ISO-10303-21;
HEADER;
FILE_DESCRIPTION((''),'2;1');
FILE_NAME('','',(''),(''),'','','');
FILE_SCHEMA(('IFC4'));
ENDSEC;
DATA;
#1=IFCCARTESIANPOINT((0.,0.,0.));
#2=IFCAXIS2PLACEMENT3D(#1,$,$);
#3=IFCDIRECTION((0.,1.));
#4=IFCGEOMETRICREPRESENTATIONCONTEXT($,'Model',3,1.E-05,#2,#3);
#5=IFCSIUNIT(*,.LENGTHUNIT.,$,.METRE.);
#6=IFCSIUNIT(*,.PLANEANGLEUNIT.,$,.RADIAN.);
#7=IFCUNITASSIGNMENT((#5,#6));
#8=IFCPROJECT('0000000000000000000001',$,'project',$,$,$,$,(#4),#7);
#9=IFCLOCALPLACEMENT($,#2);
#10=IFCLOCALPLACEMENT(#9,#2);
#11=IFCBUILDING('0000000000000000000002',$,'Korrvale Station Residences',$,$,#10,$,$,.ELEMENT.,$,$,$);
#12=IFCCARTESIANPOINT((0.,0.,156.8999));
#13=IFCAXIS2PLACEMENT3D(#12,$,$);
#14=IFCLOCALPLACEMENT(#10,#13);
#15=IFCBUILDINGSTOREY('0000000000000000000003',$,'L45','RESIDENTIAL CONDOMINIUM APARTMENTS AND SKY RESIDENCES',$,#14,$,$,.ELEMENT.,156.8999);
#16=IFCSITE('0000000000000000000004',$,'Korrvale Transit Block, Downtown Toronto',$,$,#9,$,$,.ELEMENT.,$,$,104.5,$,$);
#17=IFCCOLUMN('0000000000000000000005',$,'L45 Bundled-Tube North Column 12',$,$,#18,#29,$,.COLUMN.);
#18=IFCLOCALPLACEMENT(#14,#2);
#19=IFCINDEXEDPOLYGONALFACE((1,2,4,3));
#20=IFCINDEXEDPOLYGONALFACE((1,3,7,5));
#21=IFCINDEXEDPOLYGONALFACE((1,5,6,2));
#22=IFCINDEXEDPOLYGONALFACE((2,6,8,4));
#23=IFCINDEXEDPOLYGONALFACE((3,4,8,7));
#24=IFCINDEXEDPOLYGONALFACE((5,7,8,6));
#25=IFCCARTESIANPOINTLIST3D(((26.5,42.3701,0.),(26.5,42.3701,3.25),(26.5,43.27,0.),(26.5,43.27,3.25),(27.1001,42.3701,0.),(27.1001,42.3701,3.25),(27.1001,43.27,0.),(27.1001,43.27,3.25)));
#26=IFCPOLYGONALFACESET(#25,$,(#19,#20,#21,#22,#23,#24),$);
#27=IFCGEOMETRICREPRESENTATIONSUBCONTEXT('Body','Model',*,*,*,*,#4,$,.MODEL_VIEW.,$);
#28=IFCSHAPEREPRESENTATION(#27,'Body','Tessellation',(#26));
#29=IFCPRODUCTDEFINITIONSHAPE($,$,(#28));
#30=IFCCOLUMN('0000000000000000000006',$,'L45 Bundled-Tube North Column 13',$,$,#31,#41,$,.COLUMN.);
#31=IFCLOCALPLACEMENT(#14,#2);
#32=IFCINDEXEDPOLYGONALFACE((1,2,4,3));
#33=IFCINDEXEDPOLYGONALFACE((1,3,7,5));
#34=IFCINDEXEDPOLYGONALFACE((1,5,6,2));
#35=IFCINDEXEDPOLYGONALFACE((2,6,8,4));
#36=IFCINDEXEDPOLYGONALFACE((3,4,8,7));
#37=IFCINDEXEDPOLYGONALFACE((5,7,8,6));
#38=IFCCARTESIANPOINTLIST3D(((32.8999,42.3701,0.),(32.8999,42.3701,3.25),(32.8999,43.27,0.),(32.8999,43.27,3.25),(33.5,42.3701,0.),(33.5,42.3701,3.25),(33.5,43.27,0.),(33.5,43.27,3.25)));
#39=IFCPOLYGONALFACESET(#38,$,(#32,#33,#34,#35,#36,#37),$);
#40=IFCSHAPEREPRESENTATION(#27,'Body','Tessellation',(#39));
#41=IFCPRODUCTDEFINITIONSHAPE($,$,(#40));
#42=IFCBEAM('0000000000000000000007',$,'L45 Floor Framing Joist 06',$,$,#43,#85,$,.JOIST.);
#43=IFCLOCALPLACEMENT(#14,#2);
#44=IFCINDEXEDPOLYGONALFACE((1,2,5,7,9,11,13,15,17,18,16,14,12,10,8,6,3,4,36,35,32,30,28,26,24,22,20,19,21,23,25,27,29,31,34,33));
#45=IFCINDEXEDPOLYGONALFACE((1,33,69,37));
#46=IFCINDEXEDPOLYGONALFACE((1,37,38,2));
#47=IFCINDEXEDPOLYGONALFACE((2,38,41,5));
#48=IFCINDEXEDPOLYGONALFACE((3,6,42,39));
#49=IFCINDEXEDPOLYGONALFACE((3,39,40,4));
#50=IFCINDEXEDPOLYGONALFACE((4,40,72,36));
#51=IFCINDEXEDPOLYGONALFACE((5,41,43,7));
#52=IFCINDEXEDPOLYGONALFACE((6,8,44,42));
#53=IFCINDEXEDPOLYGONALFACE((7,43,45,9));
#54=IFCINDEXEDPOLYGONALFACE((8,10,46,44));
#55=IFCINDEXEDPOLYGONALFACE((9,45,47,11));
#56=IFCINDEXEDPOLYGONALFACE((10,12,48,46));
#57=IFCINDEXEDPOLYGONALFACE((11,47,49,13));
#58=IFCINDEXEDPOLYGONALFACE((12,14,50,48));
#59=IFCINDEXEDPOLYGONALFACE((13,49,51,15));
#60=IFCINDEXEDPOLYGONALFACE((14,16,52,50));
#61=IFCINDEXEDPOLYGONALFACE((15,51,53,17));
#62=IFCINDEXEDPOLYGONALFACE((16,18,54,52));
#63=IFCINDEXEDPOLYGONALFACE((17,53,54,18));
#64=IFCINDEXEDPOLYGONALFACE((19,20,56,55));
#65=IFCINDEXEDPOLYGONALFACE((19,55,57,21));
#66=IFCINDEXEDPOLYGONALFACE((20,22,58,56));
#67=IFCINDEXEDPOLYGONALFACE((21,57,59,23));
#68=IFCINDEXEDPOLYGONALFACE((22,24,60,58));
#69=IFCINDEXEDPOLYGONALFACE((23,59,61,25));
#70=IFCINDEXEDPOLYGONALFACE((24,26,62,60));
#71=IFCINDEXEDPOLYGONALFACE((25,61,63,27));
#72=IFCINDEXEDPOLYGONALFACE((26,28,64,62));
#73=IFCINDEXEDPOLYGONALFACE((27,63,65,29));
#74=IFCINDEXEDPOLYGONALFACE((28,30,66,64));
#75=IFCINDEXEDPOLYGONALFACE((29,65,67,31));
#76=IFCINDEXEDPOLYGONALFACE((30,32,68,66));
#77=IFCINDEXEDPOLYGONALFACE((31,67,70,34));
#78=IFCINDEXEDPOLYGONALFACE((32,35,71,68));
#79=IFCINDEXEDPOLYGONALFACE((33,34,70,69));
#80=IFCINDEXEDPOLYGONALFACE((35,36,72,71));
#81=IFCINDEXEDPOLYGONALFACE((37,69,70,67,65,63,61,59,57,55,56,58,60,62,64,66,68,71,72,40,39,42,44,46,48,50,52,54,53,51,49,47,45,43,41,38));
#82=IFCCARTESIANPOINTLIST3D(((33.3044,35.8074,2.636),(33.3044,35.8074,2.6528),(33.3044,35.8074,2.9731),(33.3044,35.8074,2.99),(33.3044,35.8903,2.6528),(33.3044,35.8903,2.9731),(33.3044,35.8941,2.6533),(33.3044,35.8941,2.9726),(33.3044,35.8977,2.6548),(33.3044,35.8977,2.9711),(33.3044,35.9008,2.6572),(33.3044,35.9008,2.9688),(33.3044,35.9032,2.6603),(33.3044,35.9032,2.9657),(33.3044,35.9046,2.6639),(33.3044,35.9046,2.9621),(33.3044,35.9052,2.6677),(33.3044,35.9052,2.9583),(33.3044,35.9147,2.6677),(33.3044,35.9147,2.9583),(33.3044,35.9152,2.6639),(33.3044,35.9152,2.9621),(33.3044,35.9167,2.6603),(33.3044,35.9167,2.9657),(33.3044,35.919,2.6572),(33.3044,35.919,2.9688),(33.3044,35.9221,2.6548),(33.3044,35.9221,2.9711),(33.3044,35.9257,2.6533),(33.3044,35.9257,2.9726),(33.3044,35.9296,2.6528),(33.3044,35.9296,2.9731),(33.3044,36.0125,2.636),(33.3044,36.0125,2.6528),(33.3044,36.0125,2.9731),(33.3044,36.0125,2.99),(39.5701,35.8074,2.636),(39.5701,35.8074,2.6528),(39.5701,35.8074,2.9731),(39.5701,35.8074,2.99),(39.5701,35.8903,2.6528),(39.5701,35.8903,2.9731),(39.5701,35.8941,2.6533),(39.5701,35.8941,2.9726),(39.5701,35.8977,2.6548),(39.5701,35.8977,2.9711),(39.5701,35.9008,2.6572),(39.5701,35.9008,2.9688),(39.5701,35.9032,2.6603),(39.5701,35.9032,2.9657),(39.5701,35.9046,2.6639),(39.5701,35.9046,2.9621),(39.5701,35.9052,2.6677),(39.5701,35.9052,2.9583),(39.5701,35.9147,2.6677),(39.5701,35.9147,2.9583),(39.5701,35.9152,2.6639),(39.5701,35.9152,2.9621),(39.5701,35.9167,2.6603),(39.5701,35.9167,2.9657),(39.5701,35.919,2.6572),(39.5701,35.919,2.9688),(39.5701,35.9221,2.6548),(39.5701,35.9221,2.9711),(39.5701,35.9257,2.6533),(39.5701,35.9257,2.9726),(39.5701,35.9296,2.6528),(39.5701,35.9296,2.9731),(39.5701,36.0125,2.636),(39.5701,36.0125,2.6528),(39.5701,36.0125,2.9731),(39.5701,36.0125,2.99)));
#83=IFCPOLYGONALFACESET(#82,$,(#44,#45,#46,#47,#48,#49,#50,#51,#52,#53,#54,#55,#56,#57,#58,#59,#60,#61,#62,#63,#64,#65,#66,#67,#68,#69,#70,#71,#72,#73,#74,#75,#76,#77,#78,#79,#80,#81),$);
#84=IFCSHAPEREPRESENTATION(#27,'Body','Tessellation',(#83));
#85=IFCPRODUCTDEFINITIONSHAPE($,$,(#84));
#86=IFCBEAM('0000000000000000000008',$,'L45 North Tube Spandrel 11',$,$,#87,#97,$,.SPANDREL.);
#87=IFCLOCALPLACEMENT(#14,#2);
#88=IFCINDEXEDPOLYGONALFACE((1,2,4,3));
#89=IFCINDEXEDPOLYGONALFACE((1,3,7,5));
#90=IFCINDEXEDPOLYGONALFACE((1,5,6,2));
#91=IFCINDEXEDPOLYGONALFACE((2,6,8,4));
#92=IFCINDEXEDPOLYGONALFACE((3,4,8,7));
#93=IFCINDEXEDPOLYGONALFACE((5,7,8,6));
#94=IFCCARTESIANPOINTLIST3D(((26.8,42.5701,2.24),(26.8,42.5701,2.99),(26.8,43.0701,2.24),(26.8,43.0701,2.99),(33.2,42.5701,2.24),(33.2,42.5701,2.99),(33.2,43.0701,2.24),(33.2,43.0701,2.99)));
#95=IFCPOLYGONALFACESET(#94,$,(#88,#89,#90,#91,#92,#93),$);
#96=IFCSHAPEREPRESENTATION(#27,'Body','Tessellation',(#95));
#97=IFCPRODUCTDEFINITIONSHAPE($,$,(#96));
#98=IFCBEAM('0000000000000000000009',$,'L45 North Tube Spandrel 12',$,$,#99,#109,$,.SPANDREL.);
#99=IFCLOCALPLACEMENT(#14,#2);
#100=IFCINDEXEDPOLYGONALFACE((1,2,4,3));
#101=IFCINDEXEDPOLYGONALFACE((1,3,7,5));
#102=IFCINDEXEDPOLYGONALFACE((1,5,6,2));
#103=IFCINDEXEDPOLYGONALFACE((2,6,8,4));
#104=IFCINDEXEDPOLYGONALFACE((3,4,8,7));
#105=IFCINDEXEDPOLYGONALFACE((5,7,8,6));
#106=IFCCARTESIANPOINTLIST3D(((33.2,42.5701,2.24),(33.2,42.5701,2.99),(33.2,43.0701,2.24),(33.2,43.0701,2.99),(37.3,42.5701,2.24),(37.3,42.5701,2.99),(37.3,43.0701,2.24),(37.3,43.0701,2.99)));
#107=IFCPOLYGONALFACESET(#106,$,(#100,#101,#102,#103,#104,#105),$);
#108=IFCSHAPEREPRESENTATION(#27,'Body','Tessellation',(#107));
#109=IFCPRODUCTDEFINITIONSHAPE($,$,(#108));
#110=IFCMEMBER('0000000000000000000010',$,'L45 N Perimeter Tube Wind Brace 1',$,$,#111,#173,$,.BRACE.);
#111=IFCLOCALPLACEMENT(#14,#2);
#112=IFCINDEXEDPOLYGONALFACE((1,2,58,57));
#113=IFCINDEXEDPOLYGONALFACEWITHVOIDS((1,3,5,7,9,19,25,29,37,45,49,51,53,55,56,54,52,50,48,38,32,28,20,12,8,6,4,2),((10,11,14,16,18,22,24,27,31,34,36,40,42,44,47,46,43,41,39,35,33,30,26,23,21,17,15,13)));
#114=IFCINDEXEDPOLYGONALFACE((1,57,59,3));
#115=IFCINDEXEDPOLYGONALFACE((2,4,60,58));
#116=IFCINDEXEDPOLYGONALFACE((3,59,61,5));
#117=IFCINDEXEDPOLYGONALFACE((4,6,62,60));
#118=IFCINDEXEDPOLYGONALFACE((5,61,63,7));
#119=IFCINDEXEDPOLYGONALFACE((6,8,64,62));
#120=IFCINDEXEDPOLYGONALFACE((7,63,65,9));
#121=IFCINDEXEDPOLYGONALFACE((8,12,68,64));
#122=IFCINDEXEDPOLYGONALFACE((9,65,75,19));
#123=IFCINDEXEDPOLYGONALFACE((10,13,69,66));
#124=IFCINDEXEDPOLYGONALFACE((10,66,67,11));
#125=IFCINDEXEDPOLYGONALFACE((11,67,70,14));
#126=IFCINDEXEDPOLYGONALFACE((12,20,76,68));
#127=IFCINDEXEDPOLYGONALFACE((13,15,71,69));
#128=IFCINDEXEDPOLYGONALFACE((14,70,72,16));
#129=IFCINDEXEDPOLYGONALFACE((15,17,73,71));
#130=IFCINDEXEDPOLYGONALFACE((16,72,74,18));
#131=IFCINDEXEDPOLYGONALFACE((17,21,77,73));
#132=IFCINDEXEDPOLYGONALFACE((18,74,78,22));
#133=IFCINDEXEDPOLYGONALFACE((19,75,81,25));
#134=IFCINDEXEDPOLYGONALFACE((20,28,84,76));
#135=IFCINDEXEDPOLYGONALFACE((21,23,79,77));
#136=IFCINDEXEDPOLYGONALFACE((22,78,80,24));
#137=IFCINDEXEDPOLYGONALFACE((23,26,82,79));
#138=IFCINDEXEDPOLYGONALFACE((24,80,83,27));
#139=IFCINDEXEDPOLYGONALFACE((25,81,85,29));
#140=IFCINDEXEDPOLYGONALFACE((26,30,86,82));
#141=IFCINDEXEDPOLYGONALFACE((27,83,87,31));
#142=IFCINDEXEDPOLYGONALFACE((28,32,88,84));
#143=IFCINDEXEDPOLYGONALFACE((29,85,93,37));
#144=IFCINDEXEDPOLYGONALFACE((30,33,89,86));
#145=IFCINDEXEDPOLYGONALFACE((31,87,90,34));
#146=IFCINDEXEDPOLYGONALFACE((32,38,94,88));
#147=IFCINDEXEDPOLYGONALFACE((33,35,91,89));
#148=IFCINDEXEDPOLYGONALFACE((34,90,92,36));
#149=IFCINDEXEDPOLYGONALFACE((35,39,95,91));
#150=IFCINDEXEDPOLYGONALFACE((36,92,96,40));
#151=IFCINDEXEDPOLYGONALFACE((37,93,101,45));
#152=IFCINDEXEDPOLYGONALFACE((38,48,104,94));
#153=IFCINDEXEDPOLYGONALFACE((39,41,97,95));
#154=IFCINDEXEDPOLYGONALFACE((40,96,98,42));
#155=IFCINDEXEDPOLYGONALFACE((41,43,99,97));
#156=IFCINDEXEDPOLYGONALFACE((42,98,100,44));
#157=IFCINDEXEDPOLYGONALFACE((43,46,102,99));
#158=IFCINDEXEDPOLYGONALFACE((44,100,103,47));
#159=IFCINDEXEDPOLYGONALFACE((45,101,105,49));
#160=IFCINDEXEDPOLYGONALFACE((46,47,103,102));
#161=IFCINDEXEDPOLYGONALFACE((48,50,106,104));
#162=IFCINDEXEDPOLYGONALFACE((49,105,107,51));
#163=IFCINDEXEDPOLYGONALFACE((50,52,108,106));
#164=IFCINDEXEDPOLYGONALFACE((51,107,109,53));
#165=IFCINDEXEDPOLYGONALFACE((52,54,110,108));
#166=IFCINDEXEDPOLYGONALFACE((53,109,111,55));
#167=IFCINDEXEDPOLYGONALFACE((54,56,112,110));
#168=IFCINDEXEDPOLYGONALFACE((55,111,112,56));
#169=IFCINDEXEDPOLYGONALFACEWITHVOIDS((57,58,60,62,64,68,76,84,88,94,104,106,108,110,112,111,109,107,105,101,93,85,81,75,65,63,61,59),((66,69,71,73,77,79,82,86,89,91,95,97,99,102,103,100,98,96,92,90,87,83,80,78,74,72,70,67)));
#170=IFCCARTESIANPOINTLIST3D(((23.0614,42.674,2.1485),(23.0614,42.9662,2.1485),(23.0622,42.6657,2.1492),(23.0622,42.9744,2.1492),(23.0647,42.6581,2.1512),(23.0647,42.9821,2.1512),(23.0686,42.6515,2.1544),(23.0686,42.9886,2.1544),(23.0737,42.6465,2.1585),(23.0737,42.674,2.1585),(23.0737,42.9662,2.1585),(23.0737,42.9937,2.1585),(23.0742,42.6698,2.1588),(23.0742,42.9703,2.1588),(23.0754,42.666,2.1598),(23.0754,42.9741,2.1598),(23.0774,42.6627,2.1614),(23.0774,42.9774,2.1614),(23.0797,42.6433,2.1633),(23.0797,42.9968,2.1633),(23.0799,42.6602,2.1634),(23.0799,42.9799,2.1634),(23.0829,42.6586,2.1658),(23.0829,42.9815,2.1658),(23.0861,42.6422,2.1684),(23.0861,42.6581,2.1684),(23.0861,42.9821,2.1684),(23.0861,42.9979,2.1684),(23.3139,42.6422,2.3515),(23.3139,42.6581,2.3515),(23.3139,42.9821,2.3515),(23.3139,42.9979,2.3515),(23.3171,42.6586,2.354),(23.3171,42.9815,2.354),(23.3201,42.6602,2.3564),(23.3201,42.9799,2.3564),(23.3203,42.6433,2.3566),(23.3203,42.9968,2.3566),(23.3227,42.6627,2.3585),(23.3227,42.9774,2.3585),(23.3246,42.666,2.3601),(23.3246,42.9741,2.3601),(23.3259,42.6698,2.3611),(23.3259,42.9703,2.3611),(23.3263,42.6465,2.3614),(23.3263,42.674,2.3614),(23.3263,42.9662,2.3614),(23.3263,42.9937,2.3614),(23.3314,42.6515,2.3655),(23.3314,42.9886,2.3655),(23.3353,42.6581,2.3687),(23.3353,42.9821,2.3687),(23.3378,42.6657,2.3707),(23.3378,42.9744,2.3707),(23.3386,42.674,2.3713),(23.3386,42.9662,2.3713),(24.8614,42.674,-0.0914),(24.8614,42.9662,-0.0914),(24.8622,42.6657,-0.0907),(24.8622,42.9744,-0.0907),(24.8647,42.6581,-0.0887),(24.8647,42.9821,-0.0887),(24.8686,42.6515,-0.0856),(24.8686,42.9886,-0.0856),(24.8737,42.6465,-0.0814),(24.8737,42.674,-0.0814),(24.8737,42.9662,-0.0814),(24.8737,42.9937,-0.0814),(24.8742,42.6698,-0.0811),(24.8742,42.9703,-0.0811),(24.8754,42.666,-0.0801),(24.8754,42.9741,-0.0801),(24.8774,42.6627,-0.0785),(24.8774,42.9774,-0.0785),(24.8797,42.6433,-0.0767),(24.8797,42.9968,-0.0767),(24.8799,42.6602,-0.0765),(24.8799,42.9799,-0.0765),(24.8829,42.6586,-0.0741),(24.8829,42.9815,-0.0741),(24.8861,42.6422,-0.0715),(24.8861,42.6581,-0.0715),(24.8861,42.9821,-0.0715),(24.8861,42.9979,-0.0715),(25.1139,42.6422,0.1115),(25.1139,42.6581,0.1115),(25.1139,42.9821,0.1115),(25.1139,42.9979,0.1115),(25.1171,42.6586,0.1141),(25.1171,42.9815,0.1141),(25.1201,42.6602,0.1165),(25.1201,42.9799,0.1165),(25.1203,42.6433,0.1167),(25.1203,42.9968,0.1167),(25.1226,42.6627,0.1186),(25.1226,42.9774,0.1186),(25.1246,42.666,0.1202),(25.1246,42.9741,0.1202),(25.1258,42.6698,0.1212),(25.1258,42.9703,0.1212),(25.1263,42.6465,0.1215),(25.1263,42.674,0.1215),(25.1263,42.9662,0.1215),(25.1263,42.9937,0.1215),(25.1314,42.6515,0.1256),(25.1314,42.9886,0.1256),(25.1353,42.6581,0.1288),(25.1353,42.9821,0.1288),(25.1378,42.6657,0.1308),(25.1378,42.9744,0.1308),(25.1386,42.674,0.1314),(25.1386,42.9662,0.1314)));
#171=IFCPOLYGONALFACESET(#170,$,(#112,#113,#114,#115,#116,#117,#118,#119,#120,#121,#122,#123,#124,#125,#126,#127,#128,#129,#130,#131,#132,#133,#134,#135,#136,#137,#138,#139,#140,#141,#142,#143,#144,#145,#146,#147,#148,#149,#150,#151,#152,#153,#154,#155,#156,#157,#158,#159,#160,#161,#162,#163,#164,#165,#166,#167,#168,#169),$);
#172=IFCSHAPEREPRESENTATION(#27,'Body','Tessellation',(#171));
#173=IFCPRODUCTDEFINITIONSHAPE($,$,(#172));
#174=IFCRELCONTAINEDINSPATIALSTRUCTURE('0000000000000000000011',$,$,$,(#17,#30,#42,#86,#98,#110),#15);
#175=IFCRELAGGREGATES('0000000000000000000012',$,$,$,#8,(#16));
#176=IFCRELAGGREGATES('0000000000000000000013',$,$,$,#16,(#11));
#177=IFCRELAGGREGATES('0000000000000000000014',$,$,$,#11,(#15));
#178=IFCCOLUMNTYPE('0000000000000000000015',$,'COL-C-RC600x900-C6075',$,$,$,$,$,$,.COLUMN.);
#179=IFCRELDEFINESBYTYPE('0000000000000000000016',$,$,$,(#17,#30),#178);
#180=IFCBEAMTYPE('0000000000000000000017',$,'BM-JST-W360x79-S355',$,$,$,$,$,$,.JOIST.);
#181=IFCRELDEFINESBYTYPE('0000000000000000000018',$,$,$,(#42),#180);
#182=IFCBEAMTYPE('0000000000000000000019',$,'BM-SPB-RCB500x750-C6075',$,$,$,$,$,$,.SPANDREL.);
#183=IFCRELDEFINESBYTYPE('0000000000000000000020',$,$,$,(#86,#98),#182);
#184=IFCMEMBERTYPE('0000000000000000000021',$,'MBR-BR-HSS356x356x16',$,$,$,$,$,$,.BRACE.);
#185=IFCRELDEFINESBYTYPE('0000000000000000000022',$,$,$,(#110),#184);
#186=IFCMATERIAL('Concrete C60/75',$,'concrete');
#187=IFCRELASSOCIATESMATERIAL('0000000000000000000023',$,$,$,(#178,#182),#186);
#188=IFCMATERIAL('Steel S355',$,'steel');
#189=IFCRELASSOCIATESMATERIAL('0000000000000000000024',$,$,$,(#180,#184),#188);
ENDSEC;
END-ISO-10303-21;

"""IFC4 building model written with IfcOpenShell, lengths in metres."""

from ifc_helpers import new_model, si_unit, direction, frame, origin, origin_2d, place, context, subcontext, project, spatial, rectangle, hollow_rectangle, i_section, extrude, material, material_profile, profile_set, type_object, element, save


model = new_model("IFC4")

# Units and contexts
model_context = context("Model", 3, precision=1e-05, world=origin(), true_north=direction((0.0, 1.0)))
body_context = subcontext(model_context, "Body", "Model", "MODEL_VIEW")
ifc_project = project(units=[si_unit("LENGTHUNIT", "METRE"), si_unit("PLANEANGLEUNIT", "RADIAN")], contexts=[model_context])

# Site, building, storey
site_placement = place(None, origin())
site = spatial("IfcSite", under=ifc_project, at=site_placement, Name="Korrvale Transit Block, Downtown Toronto", CompositionType="ELEMENT", RefElevation=104.5)
building_placement = place(site_placement, origin())
building = spatial("IfcBuilding", under=site, at=building_placement, Name="Korrvale Station Residences", CompositionType="ELEMENT")
storey_placement = place(building_placement, frame((0.0, 0.0, 156.8999)))
storey = spatial("IfcBuildingStorey", under=building, at=storey_placement, Name="L45", Description="RESIDENTIAL CONDOMINIUM APARTMENTS AND SKY RESIDENCES", CompositionType="ELEMENT", Elevation=156.8999)

# Columns
ifc_material_1 = material(Name="Concrete C60/75", Category="concrete")
ifc_material_profile_1 = material_profile(ifc_material_1, rectangle(XDim=0.6001, YDim=0.8999, at=origin_2d()), Name="RC600x900")
ifc_profile_set_1 = profile_set([ifc_material_profile_1], Name="Concrete C60/75")
column_type = type_object("IfcColumnType", Name="COL-C-RC600x900-C6075", PredefinedType="COLUMN", material=ifc_profile_set_1)
for number, where, z_axis, x_axis, name in (
    (1, (26.8, 42.8201, 0.0), (0.0, 0.0, 1.0), (1.0, 0.0, 0.0), "L45 Bundled-Tube North Column 12"),
    (2, (33.2, 42.8201, 0.0), (0.0, 0.0, 1.0), (1.0, 0.0, 0.0), "L45 Bundled-Tube North Column 13"),
):
    element("IfcColumn", number, at=place(storey_placement, frame(where, z_axis=z_axis, x_axis=x_axis)), inside=storey, type_object=column_type, Name=name, PredefinedType="COLUMN", context=body_context, shape_type="SweptSolid", body=[
        extrude(rectangle(XDim=0.6001, YDim=0.8999, at=origin_2d()), origin(), (0.0, 0.0, 1.0), 3.25),
    ])

# Beams
ifc_material_2 = material(Name="Steel S355", Category="steel")
ifc_material_profile_2 = material_profile(ifc_material_2, i_section(OverallWidth=0.2051, OverallDepth=0.354, WebThickness=0.0095, FlangeThickness=0.0168, FilletRadius=0.0149, at=origin_2d()), Name="W360x79")
ifc_profile_set_2 = profile_set([ifc_material_profile_2], Name="Steel S355")
beam_type_1 = type_object("IfcBeamType", Name="BM-JST-W360x79-S355", PredefinedType="JOIST", material=ifc_profile_set_2)
beam_1_placement = place(storey_placement, frame((33.3044, 35.9099, 2.813), z_axis=(1.0, 0.0, 0.0), x_axis=(0.0, 1.0, 0.0)))
element("IfcBeam", 3, at=beam_1_placement, inside=storey, type_object=beam_type_1, Name="L45 Floor Framing Joist 06", PredefinedType="JOIST", context=body_context, shape_type="SweptSolid", body=[
    extrude(i_section(OverallWidth=0.2051, OverallDepth=0.354, WebThickness=0.0095, FlangeThickness=0.0168, FilletRadius=0.0149, at=origin_2d()), origin(), (0.0, 0.0, 1.0), 6.2656),
])
ifc_material_profile_3 = material_profile(ifc_material_1, rectangle(XDim=0.5, YDim=0.75, at=origin_2d()), Name="RCB500x750")
ifc_profile_set_3 = profile_set([ifc_material_profile_3], Name="Concrete C60/75")
beam_type_2 = type_object("IfcBeamType", Name="BM-SPB-RCB500x750-C6075", PredefinedType="SPANDREL", material=ifc_profile_set_3)
beam_2_placement = place(storey_placement, frame((26.8, 42.8201, 2.615), z_axis=(1.0, 0.0, 0.0), x_axis=(0.0, 1.0, 0.0)))
element("IfcBeam", 4, at=beam_2_placement, inside=storey, type_object=beam_type_2, Name="L45 North Tube Spandrel 11", PredefinedType="SPANDREL", context=body_context, shape_type="SweptSolid", body=[
    extrude(rectangle(XDim=0.5, YDim=0.75, at=origin_2d()), origin(), (0.0, 0.0, 1.0), 6.3999),
])
beam_3_placement = place(storey_placement, frame((33.2, 42.8201, 2.615), z_axis=(1.0, 0.0, 0.0), x_axis=(0.0, 1.0, 0.0)))
element("IfcBeam", 5, at=beam_3_placement, inside=storey, type_object=beam_type_2, Name="L45 North Tube Spandrel 12", PredefinedType="SPANDREL", context=body_context, shape_type="SweptSolid", body=[
    extrude(rectangle(XDim=0.5, YDim=0.75, at=origin_2d()), origin(), (0.0, 0.0, 1.0), 4.1001),
])

# Member
ifc_material_profile_4 = material_profile(ifc_material_2, hollow_rectangle(XDim=0.3557, YDim=0.3557, WallThickness=0.0159, InnerFilletRadius=0.0159, OuterFilletRadius=0.0317, at=origin_2d()), Name="HSS356x356x16")
ifc_profile_set_4 = profile_set([ifc_material_profile_4], Name="Steel S355")
member_type = type_object("IfcMemberType", Name="MBR-BR-HSS356x356x16", PredefinedType="BRACE", material=ifc_profile_set_4)
for number, where, z_axis, x_axis, name in (
    (6, (25.0, 42.8201, 0.02), (-0.626403, 0.0, 0.779499), (0.0, -1.0, 0.0), "L45 N Perimeter Tube Wind Brace 1"),
):
    element("IfcMember", number, at=place(storey_placement, frame(where, z_axis=z_axis, x_axis=x_axis)), inside=storey, type_object=member_type, Name=name, PredefinedType="BRACE", context=body_context, shape_type="SweptSolid", body=[
        extrude(hollow_rectangle(XDim=0.3557, YDim=0.3557, WallThickness=0.0159, InnerFilletRadius=0.0159, OuterFilletRadius=0.0317, at=origin_2d()), origin(), (0.0, 0.0, 1.0), 2.8735),
    ])

save(model, "model.ifc")
